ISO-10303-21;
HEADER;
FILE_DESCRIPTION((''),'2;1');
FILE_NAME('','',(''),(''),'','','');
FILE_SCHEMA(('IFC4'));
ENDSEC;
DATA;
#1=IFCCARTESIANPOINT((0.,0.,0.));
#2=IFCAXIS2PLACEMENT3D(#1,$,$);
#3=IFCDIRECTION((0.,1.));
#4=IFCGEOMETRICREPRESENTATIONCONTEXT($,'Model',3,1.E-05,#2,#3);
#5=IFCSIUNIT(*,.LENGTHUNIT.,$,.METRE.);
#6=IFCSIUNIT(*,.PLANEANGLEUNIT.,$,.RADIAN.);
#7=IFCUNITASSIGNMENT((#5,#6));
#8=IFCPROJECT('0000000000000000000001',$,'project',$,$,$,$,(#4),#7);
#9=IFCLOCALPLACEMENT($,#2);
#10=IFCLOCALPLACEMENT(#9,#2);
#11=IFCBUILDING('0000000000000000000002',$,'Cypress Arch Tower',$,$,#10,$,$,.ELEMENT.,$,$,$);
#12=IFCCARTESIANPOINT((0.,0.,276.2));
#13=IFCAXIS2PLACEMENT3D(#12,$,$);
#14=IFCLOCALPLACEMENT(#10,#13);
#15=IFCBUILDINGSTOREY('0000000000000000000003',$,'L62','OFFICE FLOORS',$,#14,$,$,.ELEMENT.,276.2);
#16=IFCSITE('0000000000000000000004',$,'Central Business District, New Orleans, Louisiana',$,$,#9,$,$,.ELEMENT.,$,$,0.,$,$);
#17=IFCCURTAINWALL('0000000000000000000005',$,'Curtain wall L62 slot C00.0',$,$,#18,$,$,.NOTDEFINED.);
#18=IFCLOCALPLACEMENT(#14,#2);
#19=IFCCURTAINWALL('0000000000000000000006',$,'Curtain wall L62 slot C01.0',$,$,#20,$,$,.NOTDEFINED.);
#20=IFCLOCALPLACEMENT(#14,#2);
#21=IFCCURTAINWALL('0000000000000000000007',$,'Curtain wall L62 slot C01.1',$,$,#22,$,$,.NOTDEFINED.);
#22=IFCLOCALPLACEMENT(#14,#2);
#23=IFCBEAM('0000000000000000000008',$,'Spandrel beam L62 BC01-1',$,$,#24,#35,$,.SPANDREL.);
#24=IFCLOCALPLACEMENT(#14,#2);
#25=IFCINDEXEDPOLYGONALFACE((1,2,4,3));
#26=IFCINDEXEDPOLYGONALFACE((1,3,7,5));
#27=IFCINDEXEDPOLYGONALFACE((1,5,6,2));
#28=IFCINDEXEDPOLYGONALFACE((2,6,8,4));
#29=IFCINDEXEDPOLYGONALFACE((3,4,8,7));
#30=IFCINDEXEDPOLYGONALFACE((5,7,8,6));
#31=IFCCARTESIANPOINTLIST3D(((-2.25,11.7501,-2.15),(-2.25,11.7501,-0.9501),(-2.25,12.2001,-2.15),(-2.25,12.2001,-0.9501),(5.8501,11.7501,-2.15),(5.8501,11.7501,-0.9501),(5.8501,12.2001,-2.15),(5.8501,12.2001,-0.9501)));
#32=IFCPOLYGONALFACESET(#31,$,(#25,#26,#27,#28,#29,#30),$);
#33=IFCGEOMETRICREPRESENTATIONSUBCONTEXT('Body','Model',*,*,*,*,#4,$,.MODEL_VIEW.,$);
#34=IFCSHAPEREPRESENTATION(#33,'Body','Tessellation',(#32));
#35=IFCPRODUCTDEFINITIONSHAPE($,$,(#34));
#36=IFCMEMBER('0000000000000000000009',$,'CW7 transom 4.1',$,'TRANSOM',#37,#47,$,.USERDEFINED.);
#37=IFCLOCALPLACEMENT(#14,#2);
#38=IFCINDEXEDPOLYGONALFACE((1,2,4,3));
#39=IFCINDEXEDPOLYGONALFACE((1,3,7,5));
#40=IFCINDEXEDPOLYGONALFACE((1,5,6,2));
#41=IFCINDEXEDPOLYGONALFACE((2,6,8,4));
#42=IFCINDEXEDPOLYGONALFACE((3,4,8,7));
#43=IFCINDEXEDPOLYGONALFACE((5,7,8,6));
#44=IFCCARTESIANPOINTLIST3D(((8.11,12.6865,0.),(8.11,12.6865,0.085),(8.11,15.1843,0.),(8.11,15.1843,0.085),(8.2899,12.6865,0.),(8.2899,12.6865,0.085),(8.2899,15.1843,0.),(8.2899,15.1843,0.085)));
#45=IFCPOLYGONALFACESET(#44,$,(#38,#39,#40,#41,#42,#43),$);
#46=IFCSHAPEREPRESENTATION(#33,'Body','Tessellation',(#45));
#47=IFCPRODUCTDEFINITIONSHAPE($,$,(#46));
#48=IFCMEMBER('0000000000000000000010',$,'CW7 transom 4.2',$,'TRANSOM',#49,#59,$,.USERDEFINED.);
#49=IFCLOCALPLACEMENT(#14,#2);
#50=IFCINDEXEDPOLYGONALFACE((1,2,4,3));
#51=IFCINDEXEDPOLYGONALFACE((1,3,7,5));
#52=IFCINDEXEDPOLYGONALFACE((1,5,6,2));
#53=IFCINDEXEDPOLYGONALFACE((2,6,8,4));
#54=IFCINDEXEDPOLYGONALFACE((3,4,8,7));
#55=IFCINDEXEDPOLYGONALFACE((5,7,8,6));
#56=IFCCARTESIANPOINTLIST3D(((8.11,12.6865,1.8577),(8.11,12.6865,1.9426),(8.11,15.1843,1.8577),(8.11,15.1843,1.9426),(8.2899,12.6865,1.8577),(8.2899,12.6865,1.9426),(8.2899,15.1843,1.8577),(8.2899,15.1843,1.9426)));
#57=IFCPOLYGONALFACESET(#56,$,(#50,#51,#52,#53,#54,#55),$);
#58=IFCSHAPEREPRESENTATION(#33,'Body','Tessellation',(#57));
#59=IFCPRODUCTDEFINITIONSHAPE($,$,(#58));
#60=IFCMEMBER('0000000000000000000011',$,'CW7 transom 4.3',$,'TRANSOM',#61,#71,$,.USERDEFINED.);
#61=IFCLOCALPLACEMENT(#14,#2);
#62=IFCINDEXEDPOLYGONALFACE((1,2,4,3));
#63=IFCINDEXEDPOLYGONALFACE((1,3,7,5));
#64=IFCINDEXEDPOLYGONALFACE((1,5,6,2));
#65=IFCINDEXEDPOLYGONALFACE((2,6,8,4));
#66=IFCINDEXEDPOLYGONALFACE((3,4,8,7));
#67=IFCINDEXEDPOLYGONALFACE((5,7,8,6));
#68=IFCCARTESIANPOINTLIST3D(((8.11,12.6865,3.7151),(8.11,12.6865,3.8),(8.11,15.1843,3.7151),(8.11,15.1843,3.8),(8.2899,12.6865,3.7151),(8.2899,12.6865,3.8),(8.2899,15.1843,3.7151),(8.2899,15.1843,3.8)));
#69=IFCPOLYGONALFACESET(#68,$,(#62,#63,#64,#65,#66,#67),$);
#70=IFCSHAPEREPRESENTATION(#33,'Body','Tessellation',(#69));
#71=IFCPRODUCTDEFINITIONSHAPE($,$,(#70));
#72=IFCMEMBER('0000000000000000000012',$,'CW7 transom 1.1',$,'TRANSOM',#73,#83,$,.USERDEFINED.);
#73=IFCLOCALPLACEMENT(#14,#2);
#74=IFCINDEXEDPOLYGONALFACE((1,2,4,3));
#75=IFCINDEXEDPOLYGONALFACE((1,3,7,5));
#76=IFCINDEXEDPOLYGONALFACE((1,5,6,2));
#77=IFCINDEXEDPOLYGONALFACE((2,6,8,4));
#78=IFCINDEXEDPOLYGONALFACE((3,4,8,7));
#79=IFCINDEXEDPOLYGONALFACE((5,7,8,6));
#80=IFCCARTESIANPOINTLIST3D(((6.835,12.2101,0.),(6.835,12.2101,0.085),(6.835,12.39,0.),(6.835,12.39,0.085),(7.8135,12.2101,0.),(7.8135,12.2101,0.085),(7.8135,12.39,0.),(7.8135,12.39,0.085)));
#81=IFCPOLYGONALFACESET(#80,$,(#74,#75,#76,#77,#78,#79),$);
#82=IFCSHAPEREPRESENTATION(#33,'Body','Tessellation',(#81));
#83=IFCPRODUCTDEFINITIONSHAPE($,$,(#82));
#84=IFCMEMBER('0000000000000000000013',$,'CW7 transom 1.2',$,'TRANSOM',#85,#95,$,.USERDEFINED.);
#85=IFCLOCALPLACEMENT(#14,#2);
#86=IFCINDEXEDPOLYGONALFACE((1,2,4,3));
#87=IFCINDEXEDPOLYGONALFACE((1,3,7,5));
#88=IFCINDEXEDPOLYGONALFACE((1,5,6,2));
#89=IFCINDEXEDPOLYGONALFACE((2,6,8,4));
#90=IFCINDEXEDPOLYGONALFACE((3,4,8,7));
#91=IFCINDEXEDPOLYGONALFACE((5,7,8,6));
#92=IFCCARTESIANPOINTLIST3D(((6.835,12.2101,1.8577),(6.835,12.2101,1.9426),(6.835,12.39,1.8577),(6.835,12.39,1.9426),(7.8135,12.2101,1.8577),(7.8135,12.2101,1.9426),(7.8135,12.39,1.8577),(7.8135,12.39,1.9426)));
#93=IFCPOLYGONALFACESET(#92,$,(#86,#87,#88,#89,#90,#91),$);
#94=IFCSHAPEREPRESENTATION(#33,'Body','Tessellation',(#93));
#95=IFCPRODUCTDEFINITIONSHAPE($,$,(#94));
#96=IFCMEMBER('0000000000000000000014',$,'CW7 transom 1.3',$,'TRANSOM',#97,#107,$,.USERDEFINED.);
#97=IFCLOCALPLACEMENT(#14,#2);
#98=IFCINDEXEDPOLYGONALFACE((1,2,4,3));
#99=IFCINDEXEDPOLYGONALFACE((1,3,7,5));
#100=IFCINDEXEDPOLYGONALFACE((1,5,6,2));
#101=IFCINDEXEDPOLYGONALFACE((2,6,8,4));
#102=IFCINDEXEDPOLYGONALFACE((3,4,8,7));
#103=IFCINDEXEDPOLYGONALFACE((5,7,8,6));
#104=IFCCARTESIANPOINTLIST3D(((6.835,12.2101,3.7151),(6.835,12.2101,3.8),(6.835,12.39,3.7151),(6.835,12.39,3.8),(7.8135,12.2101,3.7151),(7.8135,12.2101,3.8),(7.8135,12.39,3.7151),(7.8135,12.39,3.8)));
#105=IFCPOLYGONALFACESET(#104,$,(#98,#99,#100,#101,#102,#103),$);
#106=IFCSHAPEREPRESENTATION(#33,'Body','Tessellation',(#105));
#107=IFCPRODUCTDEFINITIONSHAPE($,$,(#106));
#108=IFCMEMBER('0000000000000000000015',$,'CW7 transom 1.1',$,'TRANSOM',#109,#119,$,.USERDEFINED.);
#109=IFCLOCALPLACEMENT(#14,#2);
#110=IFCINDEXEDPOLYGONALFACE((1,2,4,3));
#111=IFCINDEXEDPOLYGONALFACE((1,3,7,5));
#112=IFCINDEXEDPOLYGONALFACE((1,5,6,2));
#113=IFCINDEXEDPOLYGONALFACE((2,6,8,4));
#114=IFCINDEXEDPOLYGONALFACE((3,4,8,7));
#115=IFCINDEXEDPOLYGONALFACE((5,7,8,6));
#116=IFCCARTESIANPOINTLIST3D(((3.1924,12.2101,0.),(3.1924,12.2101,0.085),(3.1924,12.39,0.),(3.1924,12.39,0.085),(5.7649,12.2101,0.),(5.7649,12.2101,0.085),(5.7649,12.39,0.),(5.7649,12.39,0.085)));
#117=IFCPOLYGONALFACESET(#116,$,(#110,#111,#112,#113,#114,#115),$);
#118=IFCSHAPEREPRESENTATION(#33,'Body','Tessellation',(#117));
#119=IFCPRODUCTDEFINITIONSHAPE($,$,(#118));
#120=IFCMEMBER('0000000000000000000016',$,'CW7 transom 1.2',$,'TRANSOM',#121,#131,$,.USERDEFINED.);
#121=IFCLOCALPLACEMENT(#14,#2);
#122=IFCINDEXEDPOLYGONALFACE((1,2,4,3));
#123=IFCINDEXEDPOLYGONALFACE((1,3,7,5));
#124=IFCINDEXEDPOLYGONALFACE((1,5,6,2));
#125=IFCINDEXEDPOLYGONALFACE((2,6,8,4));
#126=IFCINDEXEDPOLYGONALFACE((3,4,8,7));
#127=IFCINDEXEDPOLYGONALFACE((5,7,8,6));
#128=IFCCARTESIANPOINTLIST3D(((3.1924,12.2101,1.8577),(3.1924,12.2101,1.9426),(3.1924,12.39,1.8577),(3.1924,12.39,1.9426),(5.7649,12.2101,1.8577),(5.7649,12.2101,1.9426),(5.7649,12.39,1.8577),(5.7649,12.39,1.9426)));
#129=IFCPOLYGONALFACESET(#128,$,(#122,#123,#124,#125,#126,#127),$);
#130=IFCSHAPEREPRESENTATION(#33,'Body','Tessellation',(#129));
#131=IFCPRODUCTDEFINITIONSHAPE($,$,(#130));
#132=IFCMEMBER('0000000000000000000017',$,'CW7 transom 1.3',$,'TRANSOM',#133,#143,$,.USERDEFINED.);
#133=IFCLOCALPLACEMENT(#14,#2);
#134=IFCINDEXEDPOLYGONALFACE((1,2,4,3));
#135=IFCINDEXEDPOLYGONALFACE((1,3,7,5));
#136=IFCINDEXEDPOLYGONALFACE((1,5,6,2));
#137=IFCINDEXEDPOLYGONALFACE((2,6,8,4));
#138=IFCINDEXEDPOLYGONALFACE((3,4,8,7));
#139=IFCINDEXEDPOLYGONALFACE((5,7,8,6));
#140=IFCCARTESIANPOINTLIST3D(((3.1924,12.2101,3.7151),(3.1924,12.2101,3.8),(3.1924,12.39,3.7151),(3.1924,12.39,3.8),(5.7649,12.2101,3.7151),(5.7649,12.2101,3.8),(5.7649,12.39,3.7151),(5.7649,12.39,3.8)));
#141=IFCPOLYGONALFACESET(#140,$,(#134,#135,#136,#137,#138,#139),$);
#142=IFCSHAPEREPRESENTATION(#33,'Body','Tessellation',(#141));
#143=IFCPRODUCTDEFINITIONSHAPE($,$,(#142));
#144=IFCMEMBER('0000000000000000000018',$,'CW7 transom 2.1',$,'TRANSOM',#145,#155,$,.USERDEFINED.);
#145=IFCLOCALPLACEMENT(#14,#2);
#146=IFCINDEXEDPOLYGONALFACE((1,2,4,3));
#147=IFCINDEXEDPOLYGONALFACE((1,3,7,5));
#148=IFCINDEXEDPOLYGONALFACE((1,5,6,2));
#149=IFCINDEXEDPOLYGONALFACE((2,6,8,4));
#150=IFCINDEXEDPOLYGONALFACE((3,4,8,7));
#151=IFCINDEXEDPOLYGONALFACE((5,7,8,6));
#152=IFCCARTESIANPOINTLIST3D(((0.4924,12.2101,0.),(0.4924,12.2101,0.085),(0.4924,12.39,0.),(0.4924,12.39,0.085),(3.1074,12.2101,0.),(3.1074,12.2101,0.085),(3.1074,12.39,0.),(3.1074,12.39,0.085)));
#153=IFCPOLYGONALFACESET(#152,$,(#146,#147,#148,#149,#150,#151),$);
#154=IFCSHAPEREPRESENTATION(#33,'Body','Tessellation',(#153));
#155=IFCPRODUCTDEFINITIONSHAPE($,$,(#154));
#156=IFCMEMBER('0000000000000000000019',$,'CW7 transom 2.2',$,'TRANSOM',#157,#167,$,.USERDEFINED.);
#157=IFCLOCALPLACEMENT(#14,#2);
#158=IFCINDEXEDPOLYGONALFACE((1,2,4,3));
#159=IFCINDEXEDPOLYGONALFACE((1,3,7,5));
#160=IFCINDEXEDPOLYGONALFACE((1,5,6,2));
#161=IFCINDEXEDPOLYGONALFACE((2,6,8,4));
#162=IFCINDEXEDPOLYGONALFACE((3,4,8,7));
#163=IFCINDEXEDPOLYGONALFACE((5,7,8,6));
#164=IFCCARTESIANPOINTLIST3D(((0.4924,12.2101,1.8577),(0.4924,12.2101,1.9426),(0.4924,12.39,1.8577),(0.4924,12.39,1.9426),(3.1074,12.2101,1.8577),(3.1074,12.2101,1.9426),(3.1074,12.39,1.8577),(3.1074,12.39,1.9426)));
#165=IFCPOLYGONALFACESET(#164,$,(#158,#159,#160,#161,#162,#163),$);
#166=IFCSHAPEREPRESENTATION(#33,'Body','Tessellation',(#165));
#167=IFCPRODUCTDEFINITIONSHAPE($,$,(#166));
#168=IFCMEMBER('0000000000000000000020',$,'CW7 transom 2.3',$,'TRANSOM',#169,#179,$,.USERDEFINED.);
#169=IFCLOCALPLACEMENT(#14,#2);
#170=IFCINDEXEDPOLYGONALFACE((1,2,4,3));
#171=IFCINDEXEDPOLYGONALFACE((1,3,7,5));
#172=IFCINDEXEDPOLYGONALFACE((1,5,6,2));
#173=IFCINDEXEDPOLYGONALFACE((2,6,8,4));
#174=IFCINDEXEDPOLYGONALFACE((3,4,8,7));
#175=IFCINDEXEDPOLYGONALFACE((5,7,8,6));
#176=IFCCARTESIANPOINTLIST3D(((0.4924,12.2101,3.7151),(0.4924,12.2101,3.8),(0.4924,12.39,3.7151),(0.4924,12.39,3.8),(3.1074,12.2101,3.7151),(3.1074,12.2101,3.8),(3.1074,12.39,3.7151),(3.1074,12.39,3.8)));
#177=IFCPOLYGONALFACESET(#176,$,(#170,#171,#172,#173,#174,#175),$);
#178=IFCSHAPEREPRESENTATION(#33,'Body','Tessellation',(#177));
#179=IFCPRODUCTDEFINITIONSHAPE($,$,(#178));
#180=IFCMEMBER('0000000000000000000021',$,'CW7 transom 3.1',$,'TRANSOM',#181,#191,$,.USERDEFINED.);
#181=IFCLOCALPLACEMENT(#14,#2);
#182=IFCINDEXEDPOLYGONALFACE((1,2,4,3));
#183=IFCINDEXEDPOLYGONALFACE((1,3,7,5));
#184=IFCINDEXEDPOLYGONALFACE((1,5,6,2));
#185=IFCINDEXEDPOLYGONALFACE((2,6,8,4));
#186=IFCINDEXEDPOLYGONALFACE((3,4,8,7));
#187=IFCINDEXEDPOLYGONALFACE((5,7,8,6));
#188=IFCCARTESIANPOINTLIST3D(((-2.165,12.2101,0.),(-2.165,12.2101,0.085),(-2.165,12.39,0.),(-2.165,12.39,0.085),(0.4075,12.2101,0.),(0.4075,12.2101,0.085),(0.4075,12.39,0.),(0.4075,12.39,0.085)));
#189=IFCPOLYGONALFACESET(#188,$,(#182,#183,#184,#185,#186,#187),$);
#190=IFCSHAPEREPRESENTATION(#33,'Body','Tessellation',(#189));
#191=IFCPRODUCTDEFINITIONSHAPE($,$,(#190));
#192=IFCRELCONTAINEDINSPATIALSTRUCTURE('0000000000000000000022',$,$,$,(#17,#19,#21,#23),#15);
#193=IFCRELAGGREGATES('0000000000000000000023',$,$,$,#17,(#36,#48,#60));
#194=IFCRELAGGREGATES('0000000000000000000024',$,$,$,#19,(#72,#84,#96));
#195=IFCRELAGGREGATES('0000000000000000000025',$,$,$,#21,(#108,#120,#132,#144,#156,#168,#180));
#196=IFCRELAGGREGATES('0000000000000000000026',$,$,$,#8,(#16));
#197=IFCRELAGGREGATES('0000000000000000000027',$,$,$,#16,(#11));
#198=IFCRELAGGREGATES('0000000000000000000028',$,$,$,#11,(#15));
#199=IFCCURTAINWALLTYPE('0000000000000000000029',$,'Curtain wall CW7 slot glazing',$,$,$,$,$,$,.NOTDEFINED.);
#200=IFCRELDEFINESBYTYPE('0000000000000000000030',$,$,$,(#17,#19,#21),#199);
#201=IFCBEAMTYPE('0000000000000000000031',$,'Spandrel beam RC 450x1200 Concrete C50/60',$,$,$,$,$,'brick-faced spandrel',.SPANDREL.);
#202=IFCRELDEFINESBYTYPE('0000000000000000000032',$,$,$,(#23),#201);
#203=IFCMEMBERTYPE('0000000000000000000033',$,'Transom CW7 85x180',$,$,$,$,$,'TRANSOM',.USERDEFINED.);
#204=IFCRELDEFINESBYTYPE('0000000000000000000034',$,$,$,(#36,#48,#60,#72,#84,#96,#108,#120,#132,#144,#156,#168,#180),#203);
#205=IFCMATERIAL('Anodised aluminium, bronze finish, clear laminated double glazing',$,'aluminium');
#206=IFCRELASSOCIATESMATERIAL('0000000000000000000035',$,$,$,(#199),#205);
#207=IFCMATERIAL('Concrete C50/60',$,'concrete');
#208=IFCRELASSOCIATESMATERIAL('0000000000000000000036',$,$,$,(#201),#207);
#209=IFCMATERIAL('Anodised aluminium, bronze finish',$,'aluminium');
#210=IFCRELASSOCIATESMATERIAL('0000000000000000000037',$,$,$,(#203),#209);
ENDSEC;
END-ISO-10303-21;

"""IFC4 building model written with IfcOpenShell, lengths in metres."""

from ifc_helpers import new_model, si_unit, direction, frame, origin, origin_2d, place, context, subcontext, project, spatial, rectangle, extrude, material, material_profile, profile_set, type_object, element, aggregate, save


model = new_model("IFC4")

# Units and contexts
model_context = context("Model", 3, precision=1e-05, world=origin(), true_north=direction((0.0, 1.0)))
body_context = subcontext(model_context, "Body", "Model", "MODEL_VIEW")
ifc_project = project(units=[si_unit("LENGTHUNIT", "METRE"), si_unit("PLANEANGLEUNIT", "RADIAN")], contexts=[model_context])

# Site, building, storey
site_placement = place(None, origin())
site = spatial("IfcSite", under=ifc_project, at=site_placement, Name="Central Business District, New Orleans, Louisiana", CompositionType="ELEMENT", RefElevation=0.0)
building_placement = place(site_placement, origin())
building = spatial("IfcBuilding", under=site, at=building_placement, Name="Cypress Arch Tower", CompositionType="ELEMENT")
storey_placement = place(building_placement, frame((0.0, 0.0, 276.2)))
storey = spatial("IfcBuildingStorey", under=building, at=storey_placement, Name="L62", Description="OFFICE FLOORS", CompositionType="ELEMENT", Elevation=276.2)

# Curtain walls
ifc_material_1 = material(Name="Anodised aluminium, bronze finish, clear laminated double glazing", Category="aluminium")
curtain_wall_type = type_object("IfcCurtainWallType", Name="Curtain wall CW7 slot glazing", PredefinedType="NOTDEFINED", material=ifc_material_1)
curtain_wall_1_placement = place(storey_placement, origin())
curtain_wall_1 = element("IfcCurtainWall", 1, at=curtain_wall_1_placement, inside=storey, type_object=curtain_wall_type, Name="Curtain wall L62 slot C00.0", PredefinedType="NOTDEFINED")
curtain_wall_2_placement = place(storey_placement, origin())
curtain_wall_2 = element("IfcCurtainWall", 2, at=curtain_wall_2_placement, inside=storey, type_object=curtain_wall_type, Name="Curtain wall L62 slot C01.0", PredefinedType="NOTDEFINED")
curtain_wall_3_placement = place(storey_placement, origin())
curtain_wall_3 = element("IfcCurtainWall", 3, at=curtain_wall_3_placement, inside=storey, type_object=curtain_wall_type, Name="Curtain wall L62 slot C01.1", PredefinedType="NOTDEFINED")

# Beam
ifc_material_2 = material(Name="Concrete C50/60", Category="concrete")
ifc_material_profile_1 = material_profile(ifc_material_2, rectangle(XDim=0.45, YDim=1.2, at=origin_2d()), Name="RC 450x1200")
ifc_profile_set_1 = profile_set([ifc_material_profile_1], Name="Concrete C50/60")
beam_type_1 = type_object("IfcBeamType", Name="Spandrel beam RC 450x1200 Concrete C50/60", ElementType="brick-faced spandrel", PredefinedType="SPANDREL", material=ifc_profile_set_1)
beam_1_placement = place(storey_placement, frame((5.8501, 11.9751, -1.55), z_axis=(-1.0, 0.0, 0.0), x_axis=(0.0, -1.0, 0.0)))
element("IfcBeam", 4, at=beam_1_placement, inside=storey, type_object=beam_type_1, Name="Spandrel beam L62 BC01-1", PredefinedType="SPANDREL", context=body_context, shape_type="SweptSolid", body=[
    extrude(rectangle(XDim=0.45, YDim=1.2, at=origin_2d()), origin(), (0.0, 0.0, 1.0), 8.1001),
])

# Members
ifc_material_3 = material(Name="Anodised aluminium, bronze finish", Category="aluminium")
ifc_material_profile_2 = material_profile(ifc_material_3, rectangle(XDim=0.1799, YDim=0.085, at=origin_2d()), Name="Transom 85x180")
ifc_profile_set_2 = profile_set([ifc_material_profile_2], Name="Anodised aluminium, bronze finish")
member_type_1 = type_object("IfcMemberType", Name="Transom CW7 85x180", ElementType="TRANSOM", PredefinedType="USERDEFINED", material=ifc_profile_set_2)
member_1_placement = place(storey_placement, frame((8.2, 15.1843, 0.0425), z_axis=(0.0, -1.0, 0.0), x_axis=(1.0, 0.0, 0.0)))
member_1 = element("IfcMember", 5, at=member_1_placement, type_object=member_type_1, Name="CW7 transom 4.1", ObjectType="TRANSOM", PredefinedType="USERDEFINED", context=body_context, shape_type="SweptSolid", body=[
    extrude(rectangle(XDim=0.1799, YDim=0.085, at=origin_2d()), origin(), (0.0, 0.0, 1.0), 2.4978),
])
member_2_placement = place(storey_placement, frame((8.2, 15.1843, 1.9001), z_axis=(0.0, -1.0, 0.0), x_axis=(1.0, 0.0, 0.0)))
member_2 = element("IfcMember", 6, at=member_2_placement, type_object=member_type_1, Name="CW7 transom 4.2", ObjectType="TRANSOM", PredefinedType="USERDEFINED", context=body_context, shape_type="SweptSolid", body=[
    extrude(rectangle(XDim=0.1799, YDim=0.085, at=origin_2d()), origin(), (0.0, 0.0, 1.0), 2.4978),
])
member_3_placement = place(storey_placement, frame((8.2, 15.1843, 3.7576), z_axis=(0.0, -1.0, 0.0), x_axis=(1.0, 0.0, 0.0)))
member_3 = element("IfcMember", 7, at=member_3_placement, type_object=member_type_1, Name="CW7 transom 4.3", ObjectType="TRANSOM", PredefinedType="USERDEFINED", context=body_context, shape_type="SweptSolid", body=[
    extrude(rectangle(XDim=0.1799, YDim=0.085, at=origin_2d()), origin(), (0.0, 0.0, 1.0), 2.4978),
])
member_4_placement = place(storey_placement, frame((7.8135, 12.3, 0.0425), z_axis=(-1.0, 0.0, 0.0), x_axis=(0.0, -1.0, 0.0)))
member_4 = element("IfcMember", 8, at=member_4_placement, type_object=member_type_1, Name="CW7 transom 1.1", ObjectType="TRANSOM", PredefinedType="USERDEFINED", context=body_context, shape_type="SweptSolid", body=[
    extrude(rectangle(XDim=0.1799, YDim=0.085, at=origin_2d()), origin(), (0.0, 0.0, 1.0), 0.9785),
])
member_5_placement = place(storey_placement, frame((7.8135, 12.3, 1.9001), z_axis=(-1.0, 0.0, 0.0), x_axis=(0.0, -1.0, 0.0)))
member_5 = element("IfcMember", 9, at=member_5_placement, type_object=member_type_1, Name="CW7 transom 1.2", ObjectType="TRANSOM", PredefinedType="USERDEFINED", context=body_context, shape_type="SweptSolid", body=[
    extrude(rectangle(XDim=0.1799, YDim=0.085, at=origin_2d()), origin(), (0.0, 0.0, 1.0), 0.9785),
])
member_6_placement = place(storey_placement, frame((7.8135, 12.3, 3.7576), z_axis=(-1.0, 0.0, 0.0), x_axis=(0.0, -1.0, 0.0)))
member_6 = element("IfcMember", 10, at=member_6_placement, type_object=member_type_1, Name="CW7 transom 1.3", ObjectType="TRANSOM", PredefinedType="USERDEFINED", context=body_context, shape_type="SweptSolid", body=[
    extrude(rectangle(XDim=0.1799, YDim=0.085, at=origin_2d()), origin(), (0.0, 0.0, 1.0), 0.9785),
])
member_7_placement = place(storey_placement, frame((5.7649, 12.3, 0.0425), z_axis=(-1.0, 0.0, 0.0), x_axis=(0.0, -1.0, 0.0)))
member_7 = element("IfcMember", 11, at=member_7_placement, type_object=member_type_1, Name="CW7 transom 1.1", ObjectType="TRANSOM", PredefinedType="USERDEFINED", context=body_context, shape_type="SweptSolid", body=[
    extrude(rectangle(XDim=0.1799, YDim=0.085, at=origin_2d()), origin(), (0.0, 0.0, 1.0), 2.5725),
])
member_8_placement = place(storey_placement, frame((5.7649, 12.3, 1.9001), z_axis=(-1.0, 0.0, 0.0), x_axis=(0.0, -1.0, 0.0)))
member_8 = element("IfcMember", 12, at=member_8_placement, type_object=member_type_1, Name="CW7 transom 1.2", ObjectType="TRANSOM", PredefinedType="USERDEFINED", context=body_context, shape_type="SweptSolid", body=[
    extrude(rectangle(XDim=0.1799, YDim=0.085, at=origin_2d()), origin(), (0.0, 0.0, 1.0), 2.5725),
])
member_9_placement = place(storey_placement, frame((5.7649, 12.3, 3.7576), z_axis=(-1.0, 0.0, 0.0), x_axis=(0.0, -1.0, 0.0)))
member_9 = element("IfcMember", 13, at=member_9_placement, type_object=member_type_1, Name="CW7 transom 1.3", ObjectType="TRANSOM", PredefinedType="USERDEFINED", context=body_context, shape_type="SweptSolid", body=[
    extrude(rectangle(XDim=0.1799, YDim=0.085, at=origin_2d()), origin(), (0.0, 0.0, 1.0), 2.5725),
])
member_10_placement = place(storey_placement, frame((3.1074, 12.3, 0.0425), z_axis=(-1.0, 0.0, 0.0), x_axis=(0.0, -1.0, 0.0)))
member_10 = element("IfcMember", 14, at=member_10_placement, type_object=member_type_1, Name="CW7 transom 2.1", ObjectType="TRANSOM", PredefinedType="USERDEFINED", context=body_context, shape_type="SweptSolid", body=[
    extrude(rectangle(XDim=0.1799, YDim=0.085, at=origin_2d()), origin(), (0.0, 0.0, 1.0), 2.615),
])
member_11_placement = place(storey_placement, frame((3.1074, 12.3, 1.9001), z_axis=(-1.0, 0.0, 0.0), x_axis=(0.0, -1.0, 0.0)))
member_11 = element("IfcMember", 15, at=member_11_placement, type_object=member_type_1, Name="CW7 transom 2.2", ObjectType="TRANSOM", PredefinedType="USERDEFINED", context=body_context, shape_type="SweptSolid", body=[
    extrude(rectangle(XDim=0.1799, YDim=0.085, at=origin_2d()), origin(), (0.0, 0.0, 1.0), 2.615),
])
member_12_placement = place(storey_placement, frame((3.1074, 12.3, 3.7576), z_axis=(-1.0, 0.0, 0.0), x_axis=(0.0, -1.0, 0.0)))
member_12 = element("IfcMember", 16, at=member_12_placement, type_object=member_type_1, Name="CW7 transom 2.3", ObjectType="TRANSOM", PredefinedType="USERDEFINED", context=body_context, shape_type="SweptSolid", body=[
    extrude(rectangle(XDim=0.1799, YDim=0.085, at=origin_2d()), origin(), (0.0, 0.0, 1.0), 2.615),
])
member_13_placement = place(storey_placement, frame((0.4075, 12.3, 0.0425), z_axis=(-1.0, 0.0, 0.0), x_axis=(0.0, -1.0, 0.0)))
member_13 = element("IfcMember", 17, at=member_13_placement, type_object=member_type_1, Name="CW7 transom 3.1", ObjectType="TRANSOM", PredefinedType="USERDEFINED", context=body_context, shape_type="SweptSolid", body=[
    extrude(rectangle(XDim=0.1799, YDim=0.085, at=origin_2d()), origin(), (0.0, 0.0, 1.0), 2.5725),
])

aggregate(curtain_wall_1, [member_1, member_2, member_3])
aggregate(curtain_wall_2, [member_4, member_5, member_6])
aggregate(curtain_wall_3, [member_7, member_8, member_9, member_10, member_11, member_12, member_13])

save(model, "model.ifc")
